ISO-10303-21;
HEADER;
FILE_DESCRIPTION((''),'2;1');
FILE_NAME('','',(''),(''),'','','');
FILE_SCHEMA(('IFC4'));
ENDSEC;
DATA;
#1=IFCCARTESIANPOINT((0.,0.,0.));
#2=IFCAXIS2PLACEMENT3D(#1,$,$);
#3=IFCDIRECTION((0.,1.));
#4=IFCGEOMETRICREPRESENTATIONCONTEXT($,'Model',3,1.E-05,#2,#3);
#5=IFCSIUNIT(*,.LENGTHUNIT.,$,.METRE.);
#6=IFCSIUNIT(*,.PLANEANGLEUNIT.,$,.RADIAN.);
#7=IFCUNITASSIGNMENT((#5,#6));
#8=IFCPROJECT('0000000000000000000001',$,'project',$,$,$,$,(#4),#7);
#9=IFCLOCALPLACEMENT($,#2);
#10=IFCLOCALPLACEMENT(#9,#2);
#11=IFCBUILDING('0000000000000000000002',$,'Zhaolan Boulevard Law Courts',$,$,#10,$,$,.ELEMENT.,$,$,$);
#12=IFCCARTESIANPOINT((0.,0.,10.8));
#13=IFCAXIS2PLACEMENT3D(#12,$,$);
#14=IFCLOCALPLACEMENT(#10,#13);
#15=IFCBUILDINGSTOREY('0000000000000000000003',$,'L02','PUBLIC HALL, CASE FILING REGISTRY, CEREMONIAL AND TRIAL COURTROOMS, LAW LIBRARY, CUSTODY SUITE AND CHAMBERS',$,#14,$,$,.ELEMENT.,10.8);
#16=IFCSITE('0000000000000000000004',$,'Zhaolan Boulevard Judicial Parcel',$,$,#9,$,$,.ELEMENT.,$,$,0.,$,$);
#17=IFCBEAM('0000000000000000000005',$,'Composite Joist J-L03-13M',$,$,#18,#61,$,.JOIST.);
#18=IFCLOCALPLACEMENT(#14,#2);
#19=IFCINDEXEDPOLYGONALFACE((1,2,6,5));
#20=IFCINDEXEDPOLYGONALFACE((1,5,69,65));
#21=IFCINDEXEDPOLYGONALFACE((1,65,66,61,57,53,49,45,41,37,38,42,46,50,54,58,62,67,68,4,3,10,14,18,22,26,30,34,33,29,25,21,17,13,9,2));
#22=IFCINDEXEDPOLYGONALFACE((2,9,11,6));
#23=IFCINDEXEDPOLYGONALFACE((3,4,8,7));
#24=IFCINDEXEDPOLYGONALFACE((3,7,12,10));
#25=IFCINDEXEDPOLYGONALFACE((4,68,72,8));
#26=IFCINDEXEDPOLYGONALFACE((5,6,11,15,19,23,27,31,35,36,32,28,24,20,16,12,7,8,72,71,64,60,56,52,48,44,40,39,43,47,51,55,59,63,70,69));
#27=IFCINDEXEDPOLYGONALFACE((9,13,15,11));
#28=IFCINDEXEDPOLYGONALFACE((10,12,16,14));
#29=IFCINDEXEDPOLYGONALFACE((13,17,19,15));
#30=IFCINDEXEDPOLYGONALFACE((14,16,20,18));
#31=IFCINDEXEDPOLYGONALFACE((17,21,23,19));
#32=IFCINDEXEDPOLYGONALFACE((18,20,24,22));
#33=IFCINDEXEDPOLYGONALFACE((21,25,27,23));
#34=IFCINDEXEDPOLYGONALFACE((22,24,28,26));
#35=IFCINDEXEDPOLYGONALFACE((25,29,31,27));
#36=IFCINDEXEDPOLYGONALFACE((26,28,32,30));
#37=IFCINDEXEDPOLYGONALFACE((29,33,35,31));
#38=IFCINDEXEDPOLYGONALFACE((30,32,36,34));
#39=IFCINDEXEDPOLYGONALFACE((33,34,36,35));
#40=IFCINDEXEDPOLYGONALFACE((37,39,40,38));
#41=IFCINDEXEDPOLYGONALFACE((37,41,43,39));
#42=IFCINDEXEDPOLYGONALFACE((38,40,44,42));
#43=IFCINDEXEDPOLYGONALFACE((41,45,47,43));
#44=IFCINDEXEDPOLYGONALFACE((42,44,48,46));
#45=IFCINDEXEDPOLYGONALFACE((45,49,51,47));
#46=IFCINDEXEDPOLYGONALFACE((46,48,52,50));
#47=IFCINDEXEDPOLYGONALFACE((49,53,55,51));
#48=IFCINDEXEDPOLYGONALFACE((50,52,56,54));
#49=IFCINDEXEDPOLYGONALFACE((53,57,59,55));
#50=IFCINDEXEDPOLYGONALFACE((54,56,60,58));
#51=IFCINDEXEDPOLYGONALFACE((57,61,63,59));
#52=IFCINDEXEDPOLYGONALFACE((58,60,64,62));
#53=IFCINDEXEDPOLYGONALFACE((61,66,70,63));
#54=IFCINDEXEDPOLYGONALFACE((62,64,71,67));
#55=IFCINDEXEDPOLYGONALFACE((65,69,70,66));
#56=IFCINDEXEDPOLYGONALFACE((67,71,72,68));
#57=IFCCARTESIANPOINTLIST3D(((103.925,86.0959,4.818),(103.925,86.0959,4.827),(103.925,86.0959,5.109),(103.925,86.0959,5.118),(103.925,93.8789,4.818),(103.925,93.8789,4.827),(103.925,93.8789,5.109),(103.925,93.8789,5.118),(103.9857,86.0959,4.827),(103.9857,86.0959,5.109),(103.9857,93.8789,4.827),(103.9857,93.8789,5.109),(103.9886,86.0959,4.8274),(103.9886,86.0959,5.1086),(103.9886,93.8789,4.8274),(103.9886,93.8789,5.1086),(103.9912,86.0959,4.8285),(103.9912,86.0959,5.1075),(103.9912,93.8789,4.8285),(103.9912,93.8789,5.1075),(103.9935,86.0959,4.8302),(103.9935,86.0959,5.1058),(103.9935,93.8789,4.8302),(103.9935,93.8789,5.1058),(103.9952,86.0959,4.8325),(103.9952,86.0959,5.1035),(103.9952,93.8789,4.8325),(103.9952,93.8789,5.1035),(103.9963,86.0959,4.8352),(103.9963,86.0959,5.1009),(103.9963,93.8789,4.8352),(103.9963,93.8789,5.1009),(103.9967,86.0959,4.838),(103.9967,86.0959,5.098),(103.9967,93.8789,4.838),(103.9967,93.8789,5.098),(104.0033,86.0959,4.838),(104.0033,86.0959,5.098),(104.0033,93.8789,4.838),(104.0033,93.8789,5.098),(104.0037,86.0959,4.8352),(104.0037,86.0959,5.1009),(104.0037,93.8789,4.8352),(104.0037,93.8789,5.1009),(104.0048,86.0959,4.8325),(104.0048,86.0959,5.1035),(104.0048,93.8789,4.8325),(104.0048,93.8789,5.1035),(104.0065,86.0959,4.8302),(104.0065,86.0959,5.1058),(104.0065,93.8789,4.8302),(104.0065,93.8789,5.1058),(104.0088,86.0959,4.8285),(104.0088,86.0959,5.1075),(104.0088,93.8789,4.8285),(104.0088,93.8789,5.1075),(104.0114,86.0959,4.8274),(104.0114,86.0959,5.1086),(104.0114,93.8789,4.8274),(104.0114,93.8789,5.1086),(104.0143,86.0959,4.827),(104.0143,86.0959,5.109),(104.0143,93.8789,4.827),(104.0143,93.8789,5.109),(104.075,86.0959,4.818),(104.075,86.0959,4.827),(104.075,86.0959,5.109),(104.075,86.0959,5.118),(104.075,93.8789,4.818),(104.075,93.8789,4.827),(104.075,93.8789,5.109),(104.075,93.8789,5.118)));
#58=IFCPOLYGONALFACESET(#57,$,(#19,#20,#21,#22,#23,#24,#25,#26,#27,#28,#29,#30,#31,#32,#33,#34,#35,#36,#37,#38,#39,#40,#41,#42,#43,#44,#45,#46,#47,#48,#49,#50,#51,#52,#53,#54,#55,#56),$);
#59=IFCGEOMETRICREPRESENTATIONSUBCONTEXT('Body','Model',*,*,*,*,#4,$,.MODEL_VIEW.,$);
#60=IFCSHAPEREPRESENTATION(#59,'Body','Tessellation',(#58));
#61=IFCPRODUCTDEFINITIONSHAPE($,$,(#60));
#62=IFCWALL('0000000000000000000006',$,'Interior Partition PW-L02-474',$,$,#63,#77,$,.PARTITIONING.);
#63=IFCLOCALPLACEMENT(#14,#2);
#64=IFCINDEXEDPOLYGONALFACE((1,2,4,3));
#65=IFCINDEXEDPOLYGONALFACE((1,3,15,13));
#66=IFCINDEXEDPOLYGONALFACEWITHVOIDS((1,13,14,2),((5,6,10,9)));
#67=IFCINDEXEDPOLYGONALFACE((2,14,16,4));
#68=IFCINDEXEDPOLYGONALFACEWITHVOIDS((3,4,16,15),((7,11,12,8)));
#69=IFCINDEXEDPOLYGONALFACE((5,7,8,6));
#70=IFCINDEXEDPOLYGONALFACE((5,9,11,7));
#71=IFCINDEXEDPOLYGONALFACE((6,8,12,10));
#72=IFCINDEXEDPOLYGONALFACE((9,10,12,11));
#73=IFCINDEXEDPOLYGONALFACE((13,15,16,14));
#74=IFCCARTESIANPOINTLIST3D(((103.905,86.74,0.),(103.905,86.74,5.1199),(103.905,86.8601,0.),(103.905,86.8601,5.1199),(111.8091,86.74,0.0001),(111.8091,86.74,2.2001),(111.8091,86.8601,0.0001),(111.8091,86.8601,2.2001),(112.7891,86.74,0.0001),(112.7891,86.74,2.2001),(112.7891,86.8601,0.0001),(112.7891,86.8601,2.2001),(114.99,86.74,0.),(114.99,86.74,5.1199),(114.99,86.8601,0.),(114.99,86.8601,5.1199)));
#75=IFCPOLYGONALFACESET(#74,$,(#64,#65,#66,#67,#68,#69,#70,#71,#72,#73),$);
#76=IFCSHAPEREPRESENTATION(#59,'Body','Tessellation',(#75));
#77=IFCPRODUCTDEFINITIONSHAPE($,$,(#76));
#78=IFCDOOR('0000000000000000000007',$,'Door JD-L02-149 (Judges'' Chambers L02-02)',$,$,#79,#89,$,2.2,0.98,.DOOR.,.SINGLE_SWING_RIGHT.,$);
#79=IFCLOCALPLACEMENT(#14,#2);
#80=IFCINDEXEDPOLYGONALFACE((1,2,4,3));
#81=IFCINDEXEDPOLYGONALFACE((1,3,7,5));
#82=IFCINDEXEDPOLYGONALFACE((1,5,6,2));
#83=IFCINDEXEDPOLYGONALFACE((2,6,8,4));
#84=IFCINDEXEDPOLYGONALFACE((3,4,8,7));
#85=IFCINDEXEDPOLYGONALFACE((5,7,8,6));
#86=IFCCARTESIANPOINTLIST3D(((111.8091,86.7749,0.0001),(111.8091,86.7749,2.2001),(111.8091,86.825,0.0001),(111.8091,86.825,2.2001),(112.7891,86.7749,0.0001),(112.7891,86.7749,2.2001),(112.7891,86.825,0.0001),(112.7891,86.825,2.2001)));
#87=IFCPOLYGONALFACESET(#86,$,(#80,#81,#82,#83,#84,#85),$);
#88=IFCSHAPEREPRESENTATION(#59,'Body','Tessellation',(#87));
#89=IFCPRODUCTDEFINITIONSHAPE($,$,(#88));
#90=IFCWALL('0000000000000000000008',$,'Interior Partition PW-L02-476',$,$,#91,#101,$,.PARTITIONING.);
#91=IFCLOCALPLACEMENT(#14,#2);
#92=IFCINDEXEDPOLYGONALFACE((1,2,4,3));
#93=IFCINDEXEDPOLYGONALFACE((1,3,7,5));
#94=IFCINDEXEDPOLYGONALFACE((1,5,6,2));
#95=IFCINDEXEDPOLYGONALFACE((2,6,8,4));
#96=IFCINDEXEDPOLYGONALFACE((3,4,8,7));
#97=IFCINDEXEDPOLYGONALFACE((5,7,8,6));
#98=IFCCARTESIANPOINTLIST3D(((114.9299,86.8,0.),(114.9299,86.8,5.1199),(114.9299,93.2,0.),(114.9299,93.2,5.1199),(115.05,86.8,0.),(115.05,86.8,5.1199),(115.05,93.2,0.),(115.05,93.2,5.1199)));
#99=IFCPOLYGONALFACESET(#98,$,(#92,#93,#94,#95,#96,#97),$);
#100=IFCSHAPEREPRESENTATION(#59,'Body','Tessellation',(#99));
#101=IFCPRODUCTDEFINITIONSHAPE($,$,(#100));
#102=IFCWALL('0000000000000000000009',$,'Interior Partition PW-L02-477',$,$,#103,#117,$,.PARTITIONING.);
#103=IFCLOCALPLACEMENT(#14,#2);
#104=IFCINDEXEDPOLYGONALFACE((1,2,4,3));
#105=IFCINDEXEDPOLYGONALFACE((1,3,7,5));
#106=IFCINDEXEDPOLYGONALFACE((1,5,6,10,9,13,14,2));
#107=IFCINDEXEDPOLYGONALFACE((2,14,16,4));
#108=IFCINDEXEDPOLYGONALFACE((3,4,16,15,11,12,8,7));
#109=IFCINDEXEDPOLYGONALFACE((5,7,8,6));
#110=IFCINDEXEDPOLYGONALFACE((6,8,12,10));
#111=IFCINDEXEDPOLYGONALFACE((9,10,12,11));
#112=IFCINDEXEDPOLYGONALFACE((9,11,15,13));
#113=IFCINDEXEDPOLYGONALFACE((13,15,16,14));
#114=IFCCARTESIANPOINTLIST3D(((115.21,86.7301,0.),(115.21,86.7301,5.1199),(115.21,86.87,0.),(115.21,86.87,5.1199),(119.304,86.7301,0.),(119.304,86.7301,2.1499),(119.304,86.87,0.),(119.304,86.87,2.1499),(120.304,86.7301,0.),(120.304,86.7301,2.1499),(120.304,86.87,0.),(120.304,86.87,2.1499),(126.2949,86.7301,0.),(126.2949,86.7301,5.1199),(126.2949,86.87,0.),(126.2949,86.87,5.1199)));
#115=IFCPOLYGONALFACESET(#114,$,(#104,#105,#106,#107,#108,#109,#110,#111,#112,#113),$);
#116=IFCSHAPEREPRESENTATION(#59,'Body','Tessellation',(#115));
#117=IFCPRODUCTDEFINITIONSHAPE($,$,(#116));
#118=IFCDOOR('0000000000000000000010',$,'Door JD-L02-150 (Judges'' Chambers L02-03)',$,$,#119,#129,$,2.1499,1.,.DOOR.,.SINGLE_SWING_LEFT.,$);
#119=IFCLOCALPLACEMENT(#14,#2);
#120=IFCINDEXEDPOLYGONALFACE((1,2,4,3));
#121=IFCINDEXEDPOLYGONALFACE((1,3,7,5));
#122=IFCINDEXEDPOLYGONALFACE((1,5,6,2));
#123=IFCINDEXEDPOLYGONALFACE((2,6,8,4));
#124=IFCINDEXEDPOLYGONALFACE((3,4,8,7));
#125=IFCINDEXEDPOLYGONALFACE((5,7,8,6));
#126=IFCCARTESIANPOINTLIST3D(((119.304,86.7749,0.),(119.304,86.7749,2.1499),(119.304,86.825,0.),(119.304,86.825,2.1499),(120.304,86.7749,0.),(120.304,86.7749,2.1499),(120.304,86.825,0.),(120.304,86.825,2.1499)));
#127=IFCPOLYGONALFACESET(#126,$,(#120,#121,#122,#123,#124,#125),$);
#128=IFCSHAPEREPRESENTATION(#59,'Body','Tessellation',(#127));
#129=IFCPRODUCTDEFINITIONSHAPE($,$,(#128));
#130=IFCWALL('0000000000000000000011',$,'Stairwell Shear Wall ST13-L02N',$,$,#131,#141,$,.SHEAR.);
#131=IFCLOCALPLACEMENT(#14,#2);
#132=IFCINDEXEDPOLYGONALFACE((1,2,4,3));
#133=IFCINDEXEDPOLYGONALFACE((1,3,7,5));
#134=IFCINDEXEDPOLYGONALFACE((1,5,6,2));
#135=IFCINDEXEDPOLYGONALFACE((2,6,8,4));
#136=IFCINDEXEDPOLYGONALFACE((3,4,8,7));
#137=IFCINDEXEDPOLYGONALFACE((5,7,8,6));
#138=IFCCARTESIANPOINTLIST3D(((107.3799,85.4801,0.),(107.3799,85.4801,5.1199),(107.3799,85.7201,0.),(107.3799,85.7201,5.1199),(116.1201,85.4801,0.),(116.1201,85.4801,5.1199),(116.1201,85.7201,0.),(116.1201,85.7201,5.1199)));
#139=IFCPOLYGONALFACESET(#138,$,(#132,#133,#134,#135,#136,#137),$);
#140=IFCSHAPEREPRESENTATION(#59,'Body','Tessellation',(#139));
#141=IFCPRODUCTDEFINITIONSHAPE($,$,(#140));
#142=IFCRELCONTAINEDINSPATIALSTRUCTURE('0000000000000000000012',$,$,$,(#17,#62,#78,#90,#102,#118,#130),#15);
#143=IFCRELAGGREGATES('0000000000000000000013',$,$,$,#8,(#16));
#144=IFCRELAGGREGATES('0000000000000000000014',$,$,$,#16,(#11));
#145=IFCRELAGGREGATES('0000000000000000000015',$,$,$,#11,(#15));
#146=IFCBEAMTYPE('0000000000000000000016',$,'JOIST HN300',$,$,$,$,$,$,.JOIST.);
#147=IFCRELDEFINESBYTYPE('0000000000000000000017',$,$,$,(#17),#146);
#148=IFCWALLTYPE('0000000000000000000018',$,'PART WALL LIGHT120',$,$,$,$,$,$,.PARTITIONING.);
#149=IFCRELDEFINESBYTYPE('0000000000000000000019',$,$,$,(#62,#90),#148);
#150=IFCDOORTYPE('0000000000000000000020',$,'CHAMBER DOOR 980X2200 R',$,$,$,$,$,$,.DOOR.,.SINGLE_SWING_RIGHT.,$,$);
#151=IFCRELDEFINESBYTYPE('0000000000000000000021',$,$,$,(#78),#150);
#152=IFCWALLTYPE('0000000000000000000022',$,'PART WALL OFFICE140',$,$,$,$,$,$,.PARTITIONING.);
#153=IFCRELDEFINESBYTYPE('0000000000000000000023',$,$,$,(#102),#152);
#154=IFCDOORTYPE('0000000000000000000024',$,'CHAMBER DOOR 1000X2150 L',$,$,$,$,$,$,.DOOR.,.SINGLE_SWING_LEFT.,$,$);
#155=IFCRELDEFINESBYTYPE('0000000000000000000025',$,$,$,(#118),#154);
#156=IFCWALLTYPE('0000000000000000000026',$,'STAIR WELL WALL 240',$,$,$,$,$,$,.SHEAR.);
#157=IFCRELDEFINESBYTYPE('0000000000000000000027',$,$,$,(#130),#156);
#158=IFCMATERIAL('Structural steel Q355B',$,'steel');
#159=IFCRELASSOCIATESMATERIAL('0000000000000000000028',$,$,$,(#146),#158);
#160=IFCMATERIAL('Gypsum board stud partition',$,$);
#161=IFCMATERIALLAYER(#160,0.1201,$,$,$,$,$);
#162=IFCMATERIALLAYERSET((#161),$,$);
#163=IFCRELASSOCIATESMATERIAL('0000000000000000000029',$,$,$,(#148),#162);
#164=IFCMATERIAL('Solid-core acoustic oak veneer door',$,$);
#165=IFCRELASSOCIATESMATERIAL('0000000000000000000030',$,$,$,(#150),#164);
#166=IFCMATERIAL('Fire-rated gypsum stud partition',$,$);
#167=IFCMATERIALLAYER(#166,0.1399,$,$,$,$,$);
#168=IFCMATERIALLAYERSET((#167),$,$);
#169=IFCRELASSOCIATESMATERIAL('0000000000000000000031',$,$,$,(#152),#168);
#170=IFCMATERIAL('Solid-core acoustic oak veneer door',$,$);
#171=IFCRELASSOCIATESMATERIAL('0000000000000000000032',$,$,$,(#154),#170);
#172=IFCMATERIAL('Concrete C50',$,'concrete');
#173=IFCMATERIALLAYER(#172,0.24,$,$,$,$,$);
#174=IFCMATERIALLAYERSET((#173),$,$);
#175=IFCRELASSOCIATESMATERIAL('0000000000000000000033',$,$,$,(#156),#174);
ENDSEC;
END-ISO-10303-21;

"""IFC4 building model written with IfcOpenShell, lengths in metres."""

from ifc_helpers import new_model, si_unit, direction, frame, frame_2d, origin, origin_2d, place, context, subcontext, project, spatial, rectangle, i_section, extrude, material, layer, layer_set, material_profile, profile_set, type_object, element, fill, save


model = new_model("IFC4")

# Units and contexts
model_context = context("Model", 3, precision=1e-05, world=origin(), true_north=direction((0.0, 1.0)))
body_context = subcontext(model_context, "Body", "Model", "MODEL_VIEW")
ifc_project = project(units=[si_unit("LENGTHUNIT", "METRE"), si_unit("PLANEANGLEUNIT", "RADIAN")], contexts=[model_context])

# Site, building, storey
site_placement = place(None, origin())
site = spatial("IfcSite", under=ifc_project, at=site_placement, Name="Zhaolan Boulevard Judicial Parcel", CompositionType="ELEMENT", RefElevation=0.0)
building_placement = place(site_placement, origin())
building = spatial("IfcBuilding", under=site, at=building_placement, Name="Zhaolan Boulevard Law Courts", CompositionType="ELEMENT")
storey_placement = place(building_placement, frame((0.0, 0.0, 10.8)))
storey = spatial("IfcBuildingStorey", under=building, at=storey_placement, Name="L02", Description="PUBLIC HALL, CASE FILING REGISTRY, CEREMONIAL AND TRIAL COURTROOMS, LAW LIBRARY, CUSTODY SUITE AND CHAMBERS", CompositionType="ELEMENT", Elevation=10.8)

# Beam
ifc_material_1 = material(Name="Structural steel Q355B", Category="steel")
ifc_material_profile_1 = material_profile(ifc_material_1, i_section(OverallWidth=0.1499, OverallDepth=0.3, WebThickness=0.0066, FlangeThickness=0.009, FilletRadius=0.011, at=origin_2d()), Name="HN300x150")
ifc_profile_set_1 = profile_set([ifc_material_profile_1], Name="Structural steel Q355B")
beam_type_1 = type_object("IfcBeamType", Name="JOIST HN300", PredefinedType="JOIST", material=ifc_profile_set_1)
beam_1_placement = place(storey_placement, frame((104.0, 86.0959, 4.968), z_axis=(0.0, 1.0, 0.0), x_axis=(-1.0, 0.0, 0.0)))
element("IfcBeam", 1, at=beam_1_placement, inside=storey, type_object=beam_type_1, Name="Composite Joist J-L03-13M", PredefinedType="JOIST", context=body_context, shape_type="SweptSolid", body=[
    extrude(i_section(OverallWidth=0.1499, OverallDepth=0.3, WebThickness=0.0066, FlangeThickness=0.009, FilletRadius=0.011, at=origin_2d()), origin(), (0.0, 0.0, 1.0), 7.783),
])

# Wall, opening, door
ifc_material_2 = material(Name="Gypsum board stud partition")
ifc_layer_1 = layer(ifc_material_2, 0.1201)
ifc_layer_set_1 = layer_set([ifc_layer_1])
wall_type_1 = type_object("IfcWallType", Name="PART WALL LIGHT120", PredefinedType="PARTITIONING", material=ifc_layer_set_1)
wall_1_placement = place(storey_placement, frame((103.905, 86.8, 0.0), z_axis=(0.0, 0.0, 1.0), x_axis=(1.0, 0.0, 0.0)))
wall_1 = element("IfcWall", 2, at=wall_1_placement, inside=storey, type_object=wall_type_1, Name="Interior Partition PW-L02-474", PredefinedType="PARTITIONING", context=body_context, shape_type="SweptSolid", body=[
    extrude(rectangle(XDim=11.085, YDim=0.1201, at=frame_2d((5.5425, 0.0))), origin(), (0.0, 0.0, 1.0), 5.1199),
])
opening_1_placement = place(wall_1_placement, frame((7.9041, 0.0, 0.0)))
opening_1 = element("IfcOpeningElement", 3, at=opening_1_placement, cuts=wall_1, PredefinedType="OPENING", context=body_context, shape_type="SweptSolid", body=[
    extrude(rectangle(XDim=0.98, YDim=2.2, at=frame_2d((0.49, 1.1001))), frame((0.0, 0.0701, 0.0), z_axis=(0.0, -1.0, 0.0), x_axis=(1.0, 0.0, 0.0)), (0.0, 0.0, 1.0), 0.1401),
])
ifc_material_3 = material(Name="Solid-core acoustic oak veneer door")
door_type_1 = type_object("IfcDoorType", Name="CHAMBER DOOR 980X2200 R", OperationType="SINGLE_SWING_RIGHT", PredefinedType="DOOR", material=ifc_material_3)
door_1_placement = place(opening_1_placement, origin())
door_1 = element("IfcDoor", 4, at=door_1_placement, inside=storey, type_object=door_type_1, Name="Door JD-L02-149 (Judges' Chambers L02-02)", OperationType="SINGLE_SWING_RIGHT", OverallHeight=2.2, OverallWidth=0.98, PredefinedType="DOOR", context=body_context, shape_type="SweptSolid", body=[
    extrude(rectangle(XDim=0.98, YDim=2.2, at=frame_2d((0.49, 1.1001))), frame((0.0, 0.0249, 0.0), z_axis=(0.0, -1.0, 0.0), x_axis=(1.0, 0.0, 0.0)), (0.0, 0.0, 1.0), 0.05),
])
fill(opening_1, door_1)

# Wall
wall_2_placement = place(storey_placement, frame((114.99, 86.8, 0.0), z_axis=(0.0, 0.0, 1.0), x_axis=(0.0, 1.0, 0.0)))
element("IfcWall", 5, at=wall_2_placement, inside=storey, type_object=wall_type_1, Name="Interior Partition PW-L02-476", PredefinedType="PARTITIONING", context=body_context, shape_type="SweptSolid", body=[
    extrude(rectangle(XDim=6.3999, YDim=0.1201, at=frame_2d((3.2, 0.0))), origin(), (0.0, 0.0, 1.0), 5.1199),
])

# Wall, opening, door
ifc_material_4 = material(Name="Fire-rated gypsum stud partition")
ifc_layer_2 = layer(ifc_material_4, 0.1399)
ifc_layer_set_2 = layer_set([ifc_layer_2])
wall_type_2 = type_object("IfcWallType", Name="PART WALL OFFICE140", PredefinedType="PARTITIONING", material=ifc_layer_set_2)
wall_3_placement = place(storey_placement, frame((115.21, 86.8, 0.0), z_axis=(0.0, 0.0, 1.0), x_axis=(1.0, 0.0, 0.0)))
wall_3 = element("IfcWall", 6, at=wall_3_placement, inside=storey, type_object=wall_type_2, Name="Interior Partition PW-L02-477", PredefinedType="PARTITIONING", context=body_context, shape_type="SweptSolid", body=[
    extrude(rectangle(XDim=11.085, YDim=0.1399, at=frame_2d((5.5425, 0.0))), origin(), (0.0, 0.0, 1.0), 5.1199),
])
opening_2_placement = place(wall_3_placement, frame((4.094, 0.0, 0.0)))
opening_2 = element("IfcOpeningElement", 7, at=opening_2_placement, cuts=wall_3, PredefinedType="OPENING", context=body_context, shape_type="SweptSolid", body=[
    extrude(rectangle(XDim=1.0, YDim=2.1499, at=frame_2d((0.5, 1.075))), frame((0.0, 0.0798, 0.0), z_axis=(0.0, -1.0, 0.0), x_axis=(1.0, 0.0, 0.0)), (0.0, 0.0, 1.0), 0.1599),
])
ifc_material_5 = material(Name="Solid-core acoustic oak veneer door")
door_type_2 = type_object("IfcDoorType", Name="CHAMBER DOOR 1000X2150 L", OperationType="SINGLE_SWING_LEFT", PredefinedType="DOOR", material=ifc_material_5)
door_2_placement = place(opening_2_placement, origin())
door_2 = element("IfcDoor", 8, at=door_2_placement, inside=storey, type_object=door_type_2, Name="Door JD-L02-150 (Judges' Chambers L02-03)", OperationType="SINGLE_SWING_LEFT", OverallHeight=2.1499, OverallWidth=1.0, PredefinedType="DOOR", context=body_context, shape_type="SweptSolid", body=[
    extrude(rectangle(XDim=1.0, YDim=2.1499, at=frame_2d((0.5, 1.075))), frame((0.0, 0.0249, 0.0), z_axis=(0.0, -1.0, 0.0), x_axis=(1.0, 0.0, 0.0)), (0.0, 0.0, 1.0), 0.05),
])
fill(opening_2, door_2)

# Wall
ifc_material_6 = material(Name="Concrete C50", Category="concrete")
ifc_layer_3 = layer(ifc_material_6, 0.24)
ifc_layer_set_3 = layer_set([ifc_layer_3])
wall_type_3 = type_object("IfcWallType", Name="STAIR WELL WALL 240", PredefinedType="SHEAR", material=ifc_layer_set_3)
wall_4_placement = place(storey_placement, frame((116.1201, 85.6001, 0.0), z_axis=(0.0, 0.0, 1.0), x_axis=(-1.0, 0.0, 0.0)))
element("IfcWall", 9, at=wall_4_placement, inside=storey, type_object=wall_type_3, Name="Stairwell Shear Wall ST13-L02N", PredefinedType="SHEAR", context=body_context, shape_type="SweptSolid", body=[
    extrude(rectangle(XDim=8.7402, YDim=0.24, at=frame_2d((4.3701, 0.0))), origin(), (0.0, 0.0, 1.0), 5.1199),
])

save(model, "model.ifc")
